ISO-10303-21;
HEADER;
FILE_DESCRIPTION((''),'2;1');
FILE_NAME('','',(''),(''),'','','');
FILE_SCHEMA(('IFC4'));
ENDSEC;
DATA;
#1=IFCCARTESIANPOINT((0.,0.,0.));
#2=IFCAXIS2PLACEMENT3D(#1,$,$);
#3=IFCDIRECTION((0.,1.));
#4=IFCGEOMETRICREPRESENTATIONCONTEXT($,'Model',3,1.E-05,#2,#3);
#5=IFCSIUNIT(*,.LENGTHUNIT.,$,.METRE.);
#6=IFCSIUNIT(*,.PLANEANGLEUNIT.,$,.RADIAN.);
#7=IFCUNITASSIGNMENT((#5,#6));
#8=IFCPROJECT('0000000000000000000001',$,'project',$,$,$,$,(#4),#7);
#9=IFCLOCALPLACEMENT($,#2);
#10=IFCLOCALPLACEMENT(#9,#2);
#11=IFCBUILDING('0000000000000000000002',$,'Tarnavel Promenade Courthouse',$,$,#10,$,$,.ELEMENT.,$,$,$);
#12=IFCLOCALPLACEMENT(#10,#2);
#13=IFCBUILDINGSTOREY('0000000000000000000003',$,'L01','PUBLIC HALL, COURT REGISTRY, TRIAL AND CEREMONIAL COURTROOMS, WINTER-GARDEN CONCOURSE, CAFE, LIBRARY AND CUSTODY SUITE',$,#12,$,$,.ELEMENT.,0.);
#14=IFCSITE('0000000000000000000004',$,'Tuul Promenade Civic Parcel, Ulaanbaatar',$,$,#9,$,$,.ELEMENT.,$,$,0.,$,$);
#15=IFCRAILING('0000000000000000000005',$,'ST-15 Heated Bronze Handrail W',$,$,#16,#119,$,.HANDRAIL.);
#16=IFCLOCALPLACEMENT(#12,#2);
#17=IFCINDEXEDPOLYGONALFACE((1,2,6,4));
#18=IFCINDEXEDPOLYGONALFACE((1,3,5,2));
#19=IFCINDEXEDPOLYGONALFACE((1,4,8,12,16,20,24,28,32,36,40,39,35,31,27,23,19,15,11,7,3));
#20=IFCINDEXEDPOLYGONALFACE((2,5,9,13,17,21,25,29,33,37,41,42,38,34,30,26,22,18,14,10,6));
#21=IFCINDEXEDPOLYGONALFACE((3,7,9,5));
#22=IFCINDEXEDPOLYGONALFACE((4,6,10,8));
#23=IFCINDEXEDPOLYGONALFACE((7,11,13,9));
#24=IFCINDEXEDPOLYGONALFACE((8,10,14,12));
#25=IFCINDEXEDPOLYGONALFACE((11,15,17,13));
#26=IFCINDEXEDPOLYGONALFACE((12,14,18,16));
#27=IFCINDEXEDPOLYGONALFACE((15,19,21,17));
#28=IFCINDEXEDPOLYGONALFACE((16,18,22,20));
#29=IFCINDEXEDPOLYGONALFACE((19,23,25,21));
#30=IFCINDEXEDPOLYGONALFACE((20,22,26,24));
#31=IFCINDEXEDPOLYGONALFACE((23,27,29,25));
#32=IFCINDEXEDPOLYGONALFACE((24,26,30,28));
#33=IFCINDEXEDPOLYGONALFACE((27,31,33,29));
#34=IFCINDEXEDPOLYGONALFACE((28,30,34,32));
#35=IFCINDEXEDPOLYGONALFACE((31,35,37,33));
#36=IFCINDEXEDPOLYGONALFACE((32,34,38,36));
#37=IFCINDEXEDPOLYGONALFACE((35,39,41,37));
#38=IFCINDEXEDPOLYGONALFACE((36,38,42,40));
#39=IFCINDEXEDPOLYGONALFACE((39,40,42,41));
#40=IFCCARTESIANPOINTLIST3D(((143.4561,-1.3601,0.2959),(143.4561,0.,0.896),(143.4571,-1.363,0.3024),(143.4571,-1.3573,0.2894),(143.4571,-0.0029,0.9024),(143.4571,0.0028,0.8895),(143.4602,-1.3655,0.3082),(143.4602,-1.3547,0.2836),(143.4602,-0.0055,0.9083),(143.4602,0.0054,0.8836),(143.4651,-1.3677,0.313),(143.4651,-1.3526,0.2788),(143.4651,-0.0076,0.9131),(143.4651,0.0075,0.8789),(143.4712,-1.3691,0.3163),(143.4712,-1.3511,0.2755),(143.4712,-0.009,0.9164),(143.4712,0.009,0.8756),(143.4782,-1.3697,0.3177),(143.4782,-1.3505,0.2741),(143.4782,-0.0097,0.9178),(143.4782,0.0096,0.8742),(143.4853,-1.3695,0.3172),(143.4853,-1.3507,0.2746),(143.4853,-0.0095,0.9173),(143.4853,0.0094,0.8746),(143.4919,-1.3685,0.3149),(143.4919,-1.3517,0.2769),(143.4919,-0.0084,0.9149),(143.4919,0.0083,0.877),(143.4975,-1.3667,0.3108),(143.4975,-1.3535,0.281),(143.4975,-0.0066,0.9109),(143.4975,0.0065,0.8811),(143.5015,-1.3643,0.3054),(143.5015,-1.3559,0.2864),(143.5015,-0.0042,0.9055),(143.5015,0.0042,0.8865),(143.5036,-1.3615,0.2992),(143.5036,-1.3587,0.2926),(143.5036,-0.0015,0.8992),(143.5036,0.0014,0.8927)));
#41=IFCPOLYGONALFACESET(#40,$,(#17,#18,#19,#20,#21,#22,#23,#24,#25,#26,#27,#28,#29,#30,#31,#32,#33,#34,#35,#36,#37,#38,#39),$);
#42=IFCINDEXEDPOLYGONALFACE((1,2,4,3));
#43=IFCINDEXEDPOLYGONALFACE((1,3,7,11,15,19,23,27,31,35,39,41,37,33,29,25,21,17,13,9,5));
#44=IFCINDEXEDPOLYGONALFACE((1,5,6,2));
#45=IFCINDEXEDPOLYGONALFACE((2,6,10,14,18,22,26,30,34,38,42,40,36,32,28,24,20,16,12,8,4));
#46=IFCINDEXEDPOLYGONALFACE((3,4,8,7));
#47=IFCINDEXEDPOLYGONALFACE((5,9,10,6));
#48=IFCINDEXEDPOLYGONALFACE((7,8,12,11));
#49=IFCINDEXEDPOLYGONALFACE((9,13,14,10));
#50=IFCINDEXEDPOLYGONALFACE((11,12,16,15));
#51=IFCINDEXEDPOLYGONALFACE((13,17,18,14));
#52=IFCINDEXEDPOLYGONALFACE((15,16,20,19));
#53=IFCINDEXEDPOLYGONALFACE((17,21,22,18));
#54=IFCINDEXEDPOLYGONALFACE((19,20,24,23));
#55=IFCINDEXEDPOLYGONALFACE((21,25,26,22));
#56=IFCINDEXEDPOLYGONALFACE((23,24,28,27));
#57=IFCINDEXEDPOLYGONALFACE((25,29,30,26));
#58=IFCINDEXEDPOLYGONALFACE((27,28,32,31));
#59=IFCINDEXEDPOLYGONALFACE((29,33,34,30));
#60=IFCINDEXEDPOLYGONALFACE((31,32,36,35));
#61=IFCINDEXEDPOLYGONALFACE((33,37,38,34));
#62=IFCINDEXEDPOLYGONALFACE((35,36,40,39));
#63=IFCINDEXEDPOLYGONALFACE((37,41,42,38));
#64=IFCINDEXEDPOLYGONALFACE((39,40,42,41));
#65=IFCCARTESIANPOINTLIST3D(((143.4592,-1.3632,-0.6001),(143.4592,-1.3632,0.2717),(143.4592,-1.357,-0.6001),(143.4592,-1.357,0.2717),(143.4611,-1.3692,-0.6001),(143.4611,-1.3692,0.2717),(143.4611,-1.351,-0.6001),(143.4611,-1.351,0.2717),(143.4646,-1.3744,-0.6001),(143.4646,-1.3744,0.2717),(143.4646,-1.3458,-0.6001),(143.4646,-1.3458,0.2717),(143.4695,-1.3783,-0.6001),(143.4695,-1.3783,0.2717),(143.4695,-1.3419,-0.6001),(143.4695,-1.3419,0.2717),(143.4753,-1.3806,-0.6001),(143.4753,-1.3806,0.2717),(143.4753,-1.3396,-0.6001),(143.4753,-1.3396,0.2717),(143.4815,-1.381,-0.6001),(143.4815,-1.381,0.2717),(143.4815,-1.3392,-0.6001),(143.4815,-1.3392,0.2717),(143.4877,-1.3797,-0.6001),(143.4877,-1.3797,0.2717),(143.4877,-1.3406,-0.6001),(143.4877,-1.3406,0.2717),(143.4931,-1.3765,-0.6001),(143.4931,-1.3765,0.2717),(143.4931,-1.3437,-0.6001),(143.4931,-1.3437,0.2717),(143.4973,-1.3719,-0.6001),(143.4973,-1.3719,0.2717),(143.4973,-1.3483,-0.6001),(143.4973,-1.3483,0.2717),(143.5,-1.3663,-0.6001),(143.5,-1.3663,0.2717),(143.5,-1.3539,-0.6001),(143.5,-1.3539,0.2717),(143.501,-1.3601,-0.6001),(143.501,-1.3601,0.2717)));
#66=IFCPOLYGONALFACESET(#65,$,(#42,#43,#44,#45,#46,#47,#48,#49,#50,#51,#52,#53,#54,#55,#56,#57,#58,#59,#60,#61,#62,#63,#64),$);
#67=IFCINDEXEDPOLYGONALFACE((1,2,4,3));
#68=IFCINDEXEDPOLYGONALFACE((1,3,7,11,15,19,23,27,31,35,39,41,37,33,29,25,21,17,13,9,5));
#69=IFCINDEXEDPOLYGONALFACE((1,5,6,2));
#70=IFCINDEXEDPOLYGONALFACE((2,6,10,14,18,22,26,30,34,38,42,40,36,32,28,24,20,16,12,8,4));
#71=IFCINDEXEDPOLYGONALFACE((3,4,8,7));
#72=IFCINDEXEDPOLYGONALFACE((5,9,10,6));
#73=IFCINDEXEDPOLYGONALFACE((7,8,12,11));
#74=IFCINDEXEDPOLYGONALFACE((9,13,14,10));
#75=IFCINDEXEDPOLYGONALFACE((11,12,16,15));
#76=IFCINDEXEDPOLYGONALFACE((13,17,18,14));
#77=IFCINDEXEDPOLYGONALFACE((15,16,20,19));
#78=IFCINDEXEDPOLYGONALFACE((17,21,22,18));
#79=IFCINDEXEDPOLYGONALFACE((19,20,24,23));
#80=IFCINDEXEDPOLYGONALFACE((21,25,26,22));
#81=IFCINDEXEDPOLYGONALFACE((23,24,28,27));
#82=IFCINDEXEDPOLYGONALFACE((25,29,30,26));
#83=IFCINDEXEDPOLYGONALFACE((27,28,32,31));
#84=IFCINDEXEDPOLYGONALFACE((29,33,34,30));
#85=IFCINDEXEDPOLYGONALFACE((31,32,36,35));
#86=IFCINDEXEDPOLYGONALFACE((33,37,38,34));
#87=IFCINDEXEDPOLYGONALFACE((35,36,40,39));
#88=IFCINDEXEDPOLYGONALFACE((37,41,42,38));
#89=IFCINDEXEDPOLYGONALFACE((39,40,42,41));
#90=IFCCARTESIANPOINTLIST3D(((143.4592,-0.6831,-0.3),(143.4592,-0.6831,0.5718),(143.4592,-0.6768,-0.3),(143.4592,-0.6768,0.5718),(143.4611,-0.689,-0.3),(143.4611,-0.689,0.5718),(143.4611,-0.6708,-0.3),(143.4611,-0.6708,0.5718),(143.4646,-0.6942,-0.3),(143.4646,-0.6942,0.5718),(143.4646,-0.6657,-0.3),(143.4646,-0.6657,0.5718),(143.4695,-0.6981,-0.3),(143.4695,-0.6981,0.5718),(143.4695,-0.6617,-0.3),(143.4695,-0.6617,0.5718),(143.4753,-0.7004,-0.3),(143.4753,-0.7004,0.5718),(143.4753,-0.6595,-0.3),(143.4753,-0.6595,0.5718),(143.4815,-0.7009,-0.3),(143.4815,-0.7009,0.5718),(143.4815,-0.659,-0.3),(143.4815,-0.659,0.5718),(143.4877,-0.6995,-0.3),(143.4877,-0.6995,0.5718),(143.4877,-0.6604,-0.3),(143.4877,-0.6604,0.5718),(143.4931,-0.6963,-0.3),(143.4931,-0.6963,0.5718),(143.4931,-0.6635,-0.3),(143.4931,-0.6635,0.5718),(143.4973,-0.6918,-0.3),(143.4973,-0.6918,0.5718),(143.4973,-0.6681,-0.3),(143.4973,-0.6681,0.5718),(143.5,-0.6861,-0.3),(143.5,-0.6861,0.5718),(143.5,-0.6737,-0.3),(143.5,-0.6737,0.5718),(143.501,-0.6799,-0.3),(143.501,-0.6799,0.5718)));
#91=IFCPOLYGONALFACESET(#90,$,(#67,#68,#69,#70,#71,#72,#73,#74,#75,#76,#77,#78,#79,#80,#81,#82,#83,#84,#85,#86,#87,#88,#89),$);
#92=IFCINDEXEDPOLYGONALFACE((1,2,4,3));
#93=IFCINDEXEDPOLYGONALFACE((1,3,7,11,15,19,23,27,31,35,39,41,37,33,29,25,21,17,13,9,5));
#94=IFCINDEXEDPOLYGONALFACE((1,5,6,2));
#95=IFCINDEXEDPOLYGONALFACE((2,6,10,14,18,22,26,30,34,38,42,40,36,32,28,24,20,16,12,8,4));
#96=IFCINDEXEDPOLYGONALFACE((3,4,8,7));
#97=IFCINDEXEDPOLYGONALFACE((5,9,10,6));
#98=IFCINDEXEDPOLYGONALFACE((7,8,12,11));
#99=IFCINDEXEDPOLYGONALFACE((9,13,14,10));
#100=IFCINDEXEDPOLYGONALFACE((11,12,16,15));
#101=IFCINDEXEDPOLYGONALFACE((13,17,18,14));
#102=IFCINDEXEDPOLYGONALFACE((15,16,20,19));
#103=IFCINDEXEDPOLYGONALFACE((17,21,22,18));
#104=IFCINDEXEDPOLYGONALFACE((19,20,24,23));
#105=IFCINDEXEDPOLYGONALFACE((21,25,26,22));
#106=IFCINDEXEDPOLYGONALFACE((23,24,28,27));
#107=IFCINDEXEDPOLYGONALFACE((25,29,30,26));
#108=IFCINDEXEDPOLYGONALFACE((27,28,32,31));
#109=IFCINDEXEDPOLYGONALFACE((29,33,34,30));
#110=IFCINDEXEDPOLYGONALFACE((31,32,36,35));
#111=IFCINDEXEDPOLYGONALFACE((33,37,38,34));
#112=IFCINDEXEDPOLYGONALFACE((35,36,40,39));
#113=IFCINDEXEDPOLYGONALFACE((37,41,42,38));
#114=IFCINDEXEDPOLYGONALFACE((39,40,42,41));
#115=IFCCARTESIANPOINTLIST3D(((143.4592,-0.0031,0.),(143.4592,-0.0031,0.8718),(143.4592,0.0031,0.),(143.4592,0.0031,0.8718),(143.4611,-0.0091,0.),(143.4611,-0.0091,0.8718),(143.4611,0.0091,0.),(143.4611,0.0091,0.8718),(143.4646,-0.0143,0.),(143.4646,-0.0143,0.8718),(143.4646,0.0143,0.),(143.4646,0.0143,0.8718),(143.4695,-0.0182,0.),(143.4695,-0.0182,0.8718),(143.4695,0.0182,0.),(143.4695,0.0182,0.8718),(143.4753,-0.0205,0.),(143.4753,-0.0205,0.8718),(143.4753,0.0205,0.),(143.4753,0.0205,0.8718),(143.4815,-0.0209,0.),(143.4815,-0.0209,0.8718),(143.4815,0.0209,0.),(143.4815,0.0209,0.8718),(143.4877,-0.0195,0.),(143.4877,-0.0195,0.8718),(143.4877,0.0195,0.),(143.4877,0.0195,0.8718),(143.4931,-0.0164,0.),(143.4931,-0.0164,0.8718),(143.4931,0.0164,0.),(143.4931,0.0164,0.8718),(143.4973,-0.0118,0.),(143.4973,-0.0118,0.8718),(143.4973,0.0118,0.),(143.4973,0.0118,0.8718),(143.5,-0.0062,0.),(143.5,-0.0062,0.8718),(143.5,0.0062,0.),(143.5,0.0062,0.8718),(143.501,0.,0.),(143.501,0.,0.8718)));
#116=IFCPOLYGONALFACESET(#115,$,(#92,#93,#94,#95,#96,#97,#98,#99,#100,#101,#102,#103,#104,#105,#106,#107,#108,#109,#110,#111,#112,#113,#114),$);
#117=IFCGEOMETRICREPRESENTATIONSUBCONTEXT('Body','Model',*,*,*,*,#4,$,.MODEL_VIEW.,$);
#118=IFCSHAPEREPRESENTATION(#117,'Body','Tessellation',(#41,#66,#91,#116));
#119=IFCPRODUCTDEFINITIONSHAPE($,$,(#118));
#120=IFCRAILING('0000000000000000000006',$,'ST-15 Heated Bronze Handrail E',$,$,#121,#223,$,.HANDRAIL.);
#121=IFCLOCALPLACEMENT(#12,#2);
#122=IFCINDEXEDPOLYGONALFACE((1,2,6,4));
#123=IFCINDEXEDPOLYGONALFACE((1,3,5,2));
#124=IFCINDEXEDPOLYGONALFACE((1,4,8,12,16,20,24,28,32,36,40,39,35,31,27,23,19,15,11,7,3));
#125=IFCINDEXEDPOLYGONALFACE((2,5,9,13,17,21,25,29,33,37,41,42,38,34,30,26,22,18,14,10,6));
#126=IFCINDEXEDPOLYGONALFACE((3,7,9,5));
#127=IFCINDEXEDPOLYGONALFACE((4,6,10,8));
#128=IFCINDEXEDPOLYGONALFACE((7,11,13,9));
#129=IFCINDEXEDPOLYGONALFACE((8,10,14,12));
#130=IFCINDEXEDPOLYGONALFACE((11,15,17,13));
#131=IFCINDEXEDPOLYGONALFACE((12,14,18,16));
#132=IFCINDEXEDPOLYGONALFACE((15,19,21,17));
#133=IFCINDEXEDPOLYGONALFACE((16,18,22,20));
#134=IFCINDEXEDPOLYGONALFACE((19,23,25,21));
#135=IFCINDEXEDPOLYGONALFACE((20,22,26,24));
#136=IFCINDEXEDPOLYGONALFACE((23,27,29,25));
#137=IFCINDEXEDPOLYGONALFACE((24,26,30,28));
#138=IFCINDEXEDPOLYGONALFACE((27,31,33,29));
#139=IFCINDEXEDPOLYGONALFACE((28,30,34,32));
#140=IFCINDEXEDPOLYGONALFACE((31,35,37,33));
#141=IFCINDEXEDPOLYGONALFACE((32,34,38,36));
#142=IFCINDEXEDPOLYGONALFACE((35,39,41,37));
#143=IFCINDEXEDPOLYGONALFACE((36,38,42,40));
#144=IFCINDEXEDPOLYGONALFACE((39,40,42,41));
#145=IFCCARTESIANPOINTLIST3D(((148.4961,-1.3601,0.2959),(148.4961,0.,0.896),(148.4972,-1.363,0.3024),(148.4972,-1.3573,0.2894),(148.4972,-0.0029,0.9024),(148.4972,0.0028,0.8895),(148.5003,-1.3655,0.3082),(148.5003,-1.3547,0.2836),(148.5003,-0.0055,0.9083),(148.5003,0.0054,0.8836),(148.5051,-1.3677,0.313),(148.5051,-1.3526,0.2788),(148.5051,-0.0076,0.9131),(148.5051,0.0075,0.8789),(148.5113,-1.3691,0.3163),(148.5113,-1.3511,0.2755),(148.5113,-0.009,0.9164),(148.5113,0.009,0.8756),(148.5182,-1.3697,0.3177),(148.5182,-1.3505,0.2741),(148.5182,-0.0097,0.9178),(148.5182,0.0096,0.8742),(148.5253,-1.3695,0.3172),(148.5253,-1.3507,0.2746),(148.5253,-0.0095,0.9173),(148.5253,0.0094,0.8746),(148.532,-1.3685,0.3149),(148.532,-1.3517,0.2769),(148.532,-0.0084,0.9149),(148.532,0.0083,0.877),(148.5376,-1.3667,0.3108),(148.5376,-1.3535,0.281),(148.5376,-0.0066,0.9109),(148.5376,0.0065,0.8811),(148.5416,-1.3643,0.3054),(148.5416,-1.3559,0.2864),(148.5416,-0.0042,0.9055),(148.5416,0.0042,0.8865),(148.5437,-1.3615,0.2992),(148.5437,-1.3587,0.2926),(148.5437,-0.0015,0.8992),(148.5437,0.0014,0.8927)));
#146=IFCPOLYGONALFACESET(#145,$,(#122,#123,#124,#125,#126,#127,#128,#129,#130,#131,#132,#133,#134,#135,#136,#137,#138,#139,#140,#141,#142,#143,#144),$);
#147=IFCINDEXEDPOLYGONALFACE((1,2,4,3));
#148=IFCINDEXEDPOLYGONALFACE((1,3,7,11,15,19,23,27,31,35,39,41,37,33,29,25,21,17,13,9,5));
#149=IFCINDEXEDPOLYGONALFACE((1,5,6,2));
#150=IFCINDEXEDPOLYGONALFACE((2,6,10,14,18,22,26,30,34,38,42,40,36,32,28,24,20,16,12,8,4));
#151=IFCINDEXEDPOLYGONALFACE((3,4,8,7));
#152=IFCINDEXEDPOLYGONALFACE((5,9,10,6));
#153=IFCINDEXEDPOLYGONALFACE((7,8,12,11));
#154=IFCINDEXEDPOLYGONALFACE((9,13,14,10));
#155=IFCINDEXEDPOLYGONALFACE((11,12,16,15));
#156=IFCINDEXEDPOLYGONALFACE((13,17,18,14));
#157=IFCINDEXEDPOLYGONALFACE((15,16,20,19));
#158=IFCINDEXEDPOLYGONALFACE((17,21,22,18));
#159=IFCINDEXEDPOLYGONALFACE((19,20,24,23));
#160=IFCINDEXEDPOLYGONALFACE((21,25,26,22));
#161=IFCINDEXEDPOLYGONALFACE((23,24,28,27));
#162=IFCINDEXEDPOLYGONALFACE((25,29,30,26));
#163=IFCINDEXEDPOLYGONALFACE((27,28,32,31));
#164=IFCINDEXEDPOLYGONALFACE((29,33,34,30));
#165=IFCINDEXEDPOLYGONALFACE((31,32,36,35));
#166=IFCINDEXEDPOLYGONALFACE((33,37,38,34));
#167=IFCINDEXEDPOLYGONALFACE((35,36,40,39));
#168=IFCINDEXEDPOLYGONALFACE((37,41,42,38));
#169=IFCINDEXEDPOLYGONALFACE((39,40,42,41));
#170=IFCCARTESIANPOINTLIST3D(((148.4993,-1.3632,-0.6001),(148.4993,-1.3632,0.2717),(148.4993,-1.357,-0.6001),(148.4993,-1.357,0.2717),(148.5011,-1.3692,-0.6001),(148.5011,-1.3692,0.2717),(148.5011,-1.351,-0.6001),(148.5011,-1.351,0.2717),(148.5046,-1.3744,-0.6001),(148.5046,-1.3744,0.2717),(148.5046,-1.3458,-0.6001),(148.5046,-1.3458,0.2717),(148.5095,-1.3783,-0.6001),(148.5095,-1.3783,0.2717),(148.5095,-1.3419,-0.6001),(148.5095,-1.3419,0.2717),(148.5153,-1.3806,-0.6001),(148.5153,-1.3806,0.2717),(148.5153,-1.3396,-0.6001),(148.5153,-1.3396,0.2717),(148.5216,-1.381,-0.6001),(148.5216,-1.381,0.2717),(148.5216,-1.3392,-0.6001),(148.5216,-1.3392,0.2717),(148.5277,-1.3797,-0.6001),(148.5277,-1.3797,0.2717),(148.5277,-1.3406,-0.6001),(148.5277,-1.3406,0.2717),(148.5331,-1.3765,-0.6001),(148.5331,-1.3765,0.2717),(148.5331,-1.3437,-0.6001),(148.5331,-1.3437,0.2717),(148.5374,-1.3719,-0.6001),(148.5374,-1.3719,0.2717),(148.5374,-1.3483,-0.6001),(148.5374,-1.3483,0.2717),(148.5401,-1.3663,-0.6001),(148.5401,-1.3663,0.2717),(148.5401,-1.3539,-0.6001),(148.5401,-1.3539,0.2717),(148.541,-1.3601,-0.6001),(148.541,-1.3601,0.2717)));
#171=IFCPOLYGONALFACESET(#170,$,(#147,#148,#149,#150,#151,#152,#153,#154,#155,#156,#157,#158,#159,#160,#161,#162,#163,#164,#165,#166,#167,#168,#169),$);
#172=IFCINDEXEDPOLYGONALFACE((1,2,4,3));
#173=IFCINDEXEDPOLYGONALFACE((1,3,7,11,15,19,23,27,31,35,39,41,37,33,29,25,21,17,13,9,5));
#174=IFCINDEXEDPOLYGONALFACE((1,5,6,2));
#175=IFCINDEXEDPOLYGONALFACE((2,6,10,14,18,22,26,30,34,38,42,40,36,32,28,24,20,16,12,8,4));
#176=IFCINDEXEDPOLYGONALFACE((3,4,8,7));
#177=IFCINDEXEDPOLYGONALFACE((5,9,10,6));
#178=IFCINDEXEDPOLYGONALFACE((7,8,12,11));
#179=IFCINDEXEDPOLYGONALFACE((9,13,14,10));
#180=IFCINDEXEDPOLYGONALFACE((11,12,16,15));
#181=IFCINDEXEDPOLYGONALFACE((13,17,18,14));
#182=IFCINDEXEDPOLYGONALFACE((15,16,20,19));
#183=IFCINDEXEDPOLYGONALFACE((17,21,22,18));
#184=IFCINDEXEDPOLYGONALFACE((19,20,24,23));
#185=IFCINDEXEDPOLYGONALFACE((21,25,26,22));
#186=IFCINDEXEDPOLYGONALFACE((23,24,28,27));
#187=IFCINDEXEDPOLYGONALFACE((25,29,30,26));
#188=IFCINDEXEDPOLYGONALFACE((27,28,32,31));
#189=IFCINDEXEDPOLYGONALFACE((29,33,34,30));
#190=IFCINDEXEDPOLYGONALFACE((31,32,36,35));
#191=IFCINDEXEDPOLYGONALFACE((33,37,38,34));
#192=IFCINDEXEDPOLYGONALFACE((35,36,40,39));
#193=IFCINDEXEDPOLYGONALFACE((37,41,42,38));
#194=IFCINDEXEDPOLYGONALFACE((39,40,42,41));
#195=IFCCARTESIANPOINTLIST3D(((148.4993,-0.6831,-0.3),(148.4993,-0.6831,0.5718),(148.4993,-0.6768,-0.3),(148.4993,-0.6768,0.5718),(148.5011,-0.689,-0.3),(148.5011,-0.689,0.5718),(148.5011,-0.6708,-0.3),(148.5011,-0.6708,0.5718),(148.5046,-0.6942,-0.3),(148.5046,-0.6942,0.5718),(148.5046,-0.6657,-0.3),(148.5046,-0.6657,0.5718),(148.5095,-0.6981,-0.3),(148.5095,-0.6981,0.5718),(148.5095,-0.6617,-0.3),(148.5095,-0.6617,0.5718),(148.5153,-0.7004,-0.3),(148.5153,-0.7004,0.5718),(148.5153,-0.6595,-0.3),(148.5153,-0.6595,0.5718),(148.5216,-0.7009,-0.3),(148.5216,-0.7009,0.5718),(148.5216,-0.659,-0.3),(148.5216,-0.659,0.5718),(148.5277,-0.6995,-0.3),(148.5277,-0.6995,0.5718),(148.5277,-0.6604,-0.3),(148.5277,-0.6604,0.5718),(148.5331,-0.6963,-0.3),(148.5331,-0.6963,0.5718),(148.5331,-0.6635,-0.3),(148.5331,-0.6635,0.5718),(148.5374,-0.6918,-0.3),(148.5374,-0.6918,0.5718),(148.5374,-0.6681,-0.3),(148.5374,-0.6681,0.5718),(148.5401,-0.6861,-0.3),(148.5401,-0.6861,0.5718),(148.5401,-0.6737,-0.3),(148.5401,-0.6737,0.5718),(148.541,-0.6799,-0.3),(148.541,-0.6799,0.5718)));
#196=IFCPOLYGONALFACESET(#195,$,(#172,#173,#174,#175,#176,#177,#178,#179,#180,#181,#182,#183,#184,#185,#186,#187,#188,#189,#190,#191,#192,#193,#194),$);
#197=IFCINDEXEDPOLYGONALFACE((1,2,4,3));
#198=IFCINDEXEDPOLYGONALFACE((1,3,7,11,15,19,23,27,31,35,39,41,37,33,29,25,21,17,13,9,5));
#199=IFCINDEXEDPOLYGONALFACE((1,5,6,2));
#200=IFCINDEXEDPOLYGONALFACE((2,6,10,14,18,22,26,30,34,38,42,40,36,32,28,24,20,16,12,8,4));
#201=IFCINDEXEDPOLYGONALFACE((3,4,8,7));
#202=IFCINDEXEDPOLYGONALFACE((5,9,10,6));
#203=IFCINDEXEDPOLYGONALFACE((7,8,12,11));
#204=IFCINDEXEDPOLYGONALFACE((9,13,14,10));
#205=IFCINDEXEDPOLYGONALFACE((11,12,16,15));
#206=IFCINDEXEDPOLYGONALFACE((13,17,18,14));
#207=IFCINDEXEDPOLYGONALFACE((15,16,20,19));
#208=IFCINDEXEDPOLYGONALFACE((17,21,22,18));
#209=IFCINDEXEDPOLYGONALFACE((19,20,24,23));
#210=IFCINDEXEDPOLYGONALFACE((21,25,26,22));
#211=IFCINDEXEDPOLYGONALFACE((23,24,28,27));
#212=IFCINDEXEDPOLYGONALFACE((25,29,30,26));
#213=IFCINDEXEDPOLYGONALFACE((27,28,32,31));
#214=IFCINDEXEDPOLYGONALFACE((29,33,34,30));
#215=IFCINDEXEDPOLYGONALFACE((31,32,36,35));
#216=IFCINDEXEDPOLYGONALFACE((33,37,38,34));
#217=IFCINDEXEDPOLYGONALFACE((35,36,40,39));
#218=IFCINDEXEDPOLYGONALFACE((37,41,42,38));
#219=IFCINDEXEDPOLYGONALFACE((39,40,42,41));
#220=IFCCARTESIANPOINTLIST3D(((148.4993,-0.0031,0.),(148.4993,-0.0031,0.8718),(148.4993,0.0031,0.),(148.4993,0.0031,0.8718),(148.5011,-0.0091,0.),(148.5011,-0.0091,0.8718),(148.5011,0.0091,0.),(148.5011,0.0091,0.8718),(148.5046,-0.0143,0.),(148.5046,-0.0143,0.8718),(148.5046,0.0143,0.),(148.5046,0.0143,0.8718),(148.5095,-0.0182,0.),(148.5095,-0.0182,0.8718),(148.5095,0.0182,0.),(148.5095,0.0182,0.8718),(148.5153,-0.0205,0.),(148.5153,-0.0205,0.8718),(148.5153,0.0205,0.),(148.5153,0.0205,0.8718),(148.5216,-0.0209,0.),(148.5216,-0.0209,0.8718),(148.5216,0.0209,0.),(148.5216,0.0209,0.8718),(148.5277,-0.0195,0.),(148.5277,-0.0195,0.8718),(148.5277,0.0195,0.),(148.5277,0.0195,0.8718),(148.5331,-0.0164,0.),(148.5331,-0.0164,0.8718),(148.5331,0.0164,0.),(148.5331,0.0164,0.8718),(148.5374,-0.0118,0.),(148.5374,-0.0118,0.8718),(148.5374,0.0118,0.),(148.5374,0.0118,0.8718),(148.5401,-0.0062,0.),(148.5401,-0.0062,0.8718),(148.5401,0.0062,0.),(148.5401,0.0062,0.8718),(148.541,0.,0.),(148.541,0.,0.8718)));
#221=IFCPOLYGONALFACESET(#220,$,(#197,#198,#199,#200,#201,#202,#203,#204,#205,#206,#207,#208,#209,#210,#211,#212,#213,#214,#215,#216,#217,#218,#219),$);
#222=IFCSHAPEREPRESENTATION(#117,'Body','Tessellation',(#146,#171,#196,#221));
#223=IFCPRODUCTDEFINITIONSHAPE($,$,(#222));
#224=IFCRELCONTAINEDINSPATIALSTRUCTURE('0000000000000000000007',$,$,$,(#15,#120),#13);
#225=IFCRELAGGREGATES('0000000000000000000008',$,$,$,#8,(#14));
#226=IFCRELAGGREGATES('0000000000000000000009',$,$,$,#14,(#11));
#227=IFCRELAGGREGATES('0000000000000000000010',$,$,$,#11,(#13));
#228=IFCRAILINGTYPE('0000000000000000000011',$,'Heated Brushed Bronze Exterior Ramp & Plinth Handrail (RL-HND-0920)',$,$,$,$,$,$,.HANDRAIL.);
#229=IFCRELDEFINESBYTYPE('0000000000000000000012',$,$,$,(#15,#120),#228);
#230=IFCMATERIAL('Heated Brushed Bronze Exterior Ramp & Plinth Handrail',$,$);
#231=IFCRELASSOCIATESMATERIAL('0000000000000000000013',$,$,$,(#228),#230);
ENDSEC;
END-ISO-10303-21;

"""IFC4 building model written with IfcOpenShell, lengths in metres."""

from ifc_helpers import new_model, si_unit, direction, frame, origin, origin_2d, place, context, subcontext, project, spatial, circle, extrude, material, type_object, element, save


model = new_model("IFC4")

# Units and contexts
model_context = context("Model", 3, precision=1e-05, world=origin(), true_north=direction((0.0, 1.0)))
body_context = subcontext(model_context, "Body", "Model", "MODEL_VIEW")
ifc_project = project(units=[si_unit("LENGTHUNIT", "METRE"), si_unit("PLANEANGLEUNIT", "RADIAN")], contexts=[model_context])

# Site, building, storey
site_placement = place(None, origin())
site = spatial("IfcSite", under=ifc_project, at=site_placement, Name="Tuul Promenade Civic Parcel, Ulaanbaatar", CompositionType="ELEMENT", RefElevation=0.0)
building_placement = place(site_placement, origin())
building = spatial("IfcBuilding", under=site, at=building_placement, Name="Tarnavel Promenade Courthouse", CompositionType="ELEMENT")
storey_placement = place(building_placement, origin())
storey = spatial("IfcBuildingStorey", under=building, at=storey_placement, Name="L01", Description="PUBLIC HALL, COURT REGISTRY, TRIAL AND CEREMONIAL COURTROOMS, WINTER-GARDEN CONCOURSE, CAFE, LIBRARY AND CUSTODY SUITE", CompositionType="ELEMENT", Elevation=0.0)

# Railings
ifc_material_1 = material(Name="Heated Brushed Bronze Exterior Ramp & Plinth Handrail")
railing_type_1 = type_object("IfcRailingType", Name="Heated Brushed Bronze Exterior Ramp & Plinth Handrail (RL-HND-0920)", PredefinedType="HANDRAIL", material=ifc_material_1)
for number, where, name in (
    (1, (143.48, -1.3601, -0.6001), "ST-15 Heated Bronze Handrail W"),
    (2, (148.52, -1.3601, -0.6001), "ST-15 Heated Bronze Handrail E"),
):
    element("IfcRailing", number, at=place(storey_placement, frame(where)), inside=storey, type_object=railing_type_1, Name=name, PredefinedType="HANDRAIL", context=body_context, shape_type="SweptSolid", body=[
        extrude(circle(Radius=0.0239, at=origin_2d()), frame((0.0, 0.0, 0.896), z_axis=(0.0, 0.914905, 0.403669), x_axis=(-1.0, 0.0, 0.0)), (0.0, 0.0, 1.0), 1.4866),
        extrude(circle(Radius=0.021, at=origin_2d()), origin(), (0.0, 0.0, 1.0), 0.8718),
        extrude(circle(Radius=0.021, at=origin_2d()), frame((0.0, 0.6802, 0.3)), (0.0, 0.0, 1.0), 0.8718),
        extrude(circle(Radius=0.021, at=origin_2d()), frame((0.0, 1.3601, 0.6001)), (0.0, 0.0, 1.0), 0.8718),
    ])

save(model, "model.ifc")
